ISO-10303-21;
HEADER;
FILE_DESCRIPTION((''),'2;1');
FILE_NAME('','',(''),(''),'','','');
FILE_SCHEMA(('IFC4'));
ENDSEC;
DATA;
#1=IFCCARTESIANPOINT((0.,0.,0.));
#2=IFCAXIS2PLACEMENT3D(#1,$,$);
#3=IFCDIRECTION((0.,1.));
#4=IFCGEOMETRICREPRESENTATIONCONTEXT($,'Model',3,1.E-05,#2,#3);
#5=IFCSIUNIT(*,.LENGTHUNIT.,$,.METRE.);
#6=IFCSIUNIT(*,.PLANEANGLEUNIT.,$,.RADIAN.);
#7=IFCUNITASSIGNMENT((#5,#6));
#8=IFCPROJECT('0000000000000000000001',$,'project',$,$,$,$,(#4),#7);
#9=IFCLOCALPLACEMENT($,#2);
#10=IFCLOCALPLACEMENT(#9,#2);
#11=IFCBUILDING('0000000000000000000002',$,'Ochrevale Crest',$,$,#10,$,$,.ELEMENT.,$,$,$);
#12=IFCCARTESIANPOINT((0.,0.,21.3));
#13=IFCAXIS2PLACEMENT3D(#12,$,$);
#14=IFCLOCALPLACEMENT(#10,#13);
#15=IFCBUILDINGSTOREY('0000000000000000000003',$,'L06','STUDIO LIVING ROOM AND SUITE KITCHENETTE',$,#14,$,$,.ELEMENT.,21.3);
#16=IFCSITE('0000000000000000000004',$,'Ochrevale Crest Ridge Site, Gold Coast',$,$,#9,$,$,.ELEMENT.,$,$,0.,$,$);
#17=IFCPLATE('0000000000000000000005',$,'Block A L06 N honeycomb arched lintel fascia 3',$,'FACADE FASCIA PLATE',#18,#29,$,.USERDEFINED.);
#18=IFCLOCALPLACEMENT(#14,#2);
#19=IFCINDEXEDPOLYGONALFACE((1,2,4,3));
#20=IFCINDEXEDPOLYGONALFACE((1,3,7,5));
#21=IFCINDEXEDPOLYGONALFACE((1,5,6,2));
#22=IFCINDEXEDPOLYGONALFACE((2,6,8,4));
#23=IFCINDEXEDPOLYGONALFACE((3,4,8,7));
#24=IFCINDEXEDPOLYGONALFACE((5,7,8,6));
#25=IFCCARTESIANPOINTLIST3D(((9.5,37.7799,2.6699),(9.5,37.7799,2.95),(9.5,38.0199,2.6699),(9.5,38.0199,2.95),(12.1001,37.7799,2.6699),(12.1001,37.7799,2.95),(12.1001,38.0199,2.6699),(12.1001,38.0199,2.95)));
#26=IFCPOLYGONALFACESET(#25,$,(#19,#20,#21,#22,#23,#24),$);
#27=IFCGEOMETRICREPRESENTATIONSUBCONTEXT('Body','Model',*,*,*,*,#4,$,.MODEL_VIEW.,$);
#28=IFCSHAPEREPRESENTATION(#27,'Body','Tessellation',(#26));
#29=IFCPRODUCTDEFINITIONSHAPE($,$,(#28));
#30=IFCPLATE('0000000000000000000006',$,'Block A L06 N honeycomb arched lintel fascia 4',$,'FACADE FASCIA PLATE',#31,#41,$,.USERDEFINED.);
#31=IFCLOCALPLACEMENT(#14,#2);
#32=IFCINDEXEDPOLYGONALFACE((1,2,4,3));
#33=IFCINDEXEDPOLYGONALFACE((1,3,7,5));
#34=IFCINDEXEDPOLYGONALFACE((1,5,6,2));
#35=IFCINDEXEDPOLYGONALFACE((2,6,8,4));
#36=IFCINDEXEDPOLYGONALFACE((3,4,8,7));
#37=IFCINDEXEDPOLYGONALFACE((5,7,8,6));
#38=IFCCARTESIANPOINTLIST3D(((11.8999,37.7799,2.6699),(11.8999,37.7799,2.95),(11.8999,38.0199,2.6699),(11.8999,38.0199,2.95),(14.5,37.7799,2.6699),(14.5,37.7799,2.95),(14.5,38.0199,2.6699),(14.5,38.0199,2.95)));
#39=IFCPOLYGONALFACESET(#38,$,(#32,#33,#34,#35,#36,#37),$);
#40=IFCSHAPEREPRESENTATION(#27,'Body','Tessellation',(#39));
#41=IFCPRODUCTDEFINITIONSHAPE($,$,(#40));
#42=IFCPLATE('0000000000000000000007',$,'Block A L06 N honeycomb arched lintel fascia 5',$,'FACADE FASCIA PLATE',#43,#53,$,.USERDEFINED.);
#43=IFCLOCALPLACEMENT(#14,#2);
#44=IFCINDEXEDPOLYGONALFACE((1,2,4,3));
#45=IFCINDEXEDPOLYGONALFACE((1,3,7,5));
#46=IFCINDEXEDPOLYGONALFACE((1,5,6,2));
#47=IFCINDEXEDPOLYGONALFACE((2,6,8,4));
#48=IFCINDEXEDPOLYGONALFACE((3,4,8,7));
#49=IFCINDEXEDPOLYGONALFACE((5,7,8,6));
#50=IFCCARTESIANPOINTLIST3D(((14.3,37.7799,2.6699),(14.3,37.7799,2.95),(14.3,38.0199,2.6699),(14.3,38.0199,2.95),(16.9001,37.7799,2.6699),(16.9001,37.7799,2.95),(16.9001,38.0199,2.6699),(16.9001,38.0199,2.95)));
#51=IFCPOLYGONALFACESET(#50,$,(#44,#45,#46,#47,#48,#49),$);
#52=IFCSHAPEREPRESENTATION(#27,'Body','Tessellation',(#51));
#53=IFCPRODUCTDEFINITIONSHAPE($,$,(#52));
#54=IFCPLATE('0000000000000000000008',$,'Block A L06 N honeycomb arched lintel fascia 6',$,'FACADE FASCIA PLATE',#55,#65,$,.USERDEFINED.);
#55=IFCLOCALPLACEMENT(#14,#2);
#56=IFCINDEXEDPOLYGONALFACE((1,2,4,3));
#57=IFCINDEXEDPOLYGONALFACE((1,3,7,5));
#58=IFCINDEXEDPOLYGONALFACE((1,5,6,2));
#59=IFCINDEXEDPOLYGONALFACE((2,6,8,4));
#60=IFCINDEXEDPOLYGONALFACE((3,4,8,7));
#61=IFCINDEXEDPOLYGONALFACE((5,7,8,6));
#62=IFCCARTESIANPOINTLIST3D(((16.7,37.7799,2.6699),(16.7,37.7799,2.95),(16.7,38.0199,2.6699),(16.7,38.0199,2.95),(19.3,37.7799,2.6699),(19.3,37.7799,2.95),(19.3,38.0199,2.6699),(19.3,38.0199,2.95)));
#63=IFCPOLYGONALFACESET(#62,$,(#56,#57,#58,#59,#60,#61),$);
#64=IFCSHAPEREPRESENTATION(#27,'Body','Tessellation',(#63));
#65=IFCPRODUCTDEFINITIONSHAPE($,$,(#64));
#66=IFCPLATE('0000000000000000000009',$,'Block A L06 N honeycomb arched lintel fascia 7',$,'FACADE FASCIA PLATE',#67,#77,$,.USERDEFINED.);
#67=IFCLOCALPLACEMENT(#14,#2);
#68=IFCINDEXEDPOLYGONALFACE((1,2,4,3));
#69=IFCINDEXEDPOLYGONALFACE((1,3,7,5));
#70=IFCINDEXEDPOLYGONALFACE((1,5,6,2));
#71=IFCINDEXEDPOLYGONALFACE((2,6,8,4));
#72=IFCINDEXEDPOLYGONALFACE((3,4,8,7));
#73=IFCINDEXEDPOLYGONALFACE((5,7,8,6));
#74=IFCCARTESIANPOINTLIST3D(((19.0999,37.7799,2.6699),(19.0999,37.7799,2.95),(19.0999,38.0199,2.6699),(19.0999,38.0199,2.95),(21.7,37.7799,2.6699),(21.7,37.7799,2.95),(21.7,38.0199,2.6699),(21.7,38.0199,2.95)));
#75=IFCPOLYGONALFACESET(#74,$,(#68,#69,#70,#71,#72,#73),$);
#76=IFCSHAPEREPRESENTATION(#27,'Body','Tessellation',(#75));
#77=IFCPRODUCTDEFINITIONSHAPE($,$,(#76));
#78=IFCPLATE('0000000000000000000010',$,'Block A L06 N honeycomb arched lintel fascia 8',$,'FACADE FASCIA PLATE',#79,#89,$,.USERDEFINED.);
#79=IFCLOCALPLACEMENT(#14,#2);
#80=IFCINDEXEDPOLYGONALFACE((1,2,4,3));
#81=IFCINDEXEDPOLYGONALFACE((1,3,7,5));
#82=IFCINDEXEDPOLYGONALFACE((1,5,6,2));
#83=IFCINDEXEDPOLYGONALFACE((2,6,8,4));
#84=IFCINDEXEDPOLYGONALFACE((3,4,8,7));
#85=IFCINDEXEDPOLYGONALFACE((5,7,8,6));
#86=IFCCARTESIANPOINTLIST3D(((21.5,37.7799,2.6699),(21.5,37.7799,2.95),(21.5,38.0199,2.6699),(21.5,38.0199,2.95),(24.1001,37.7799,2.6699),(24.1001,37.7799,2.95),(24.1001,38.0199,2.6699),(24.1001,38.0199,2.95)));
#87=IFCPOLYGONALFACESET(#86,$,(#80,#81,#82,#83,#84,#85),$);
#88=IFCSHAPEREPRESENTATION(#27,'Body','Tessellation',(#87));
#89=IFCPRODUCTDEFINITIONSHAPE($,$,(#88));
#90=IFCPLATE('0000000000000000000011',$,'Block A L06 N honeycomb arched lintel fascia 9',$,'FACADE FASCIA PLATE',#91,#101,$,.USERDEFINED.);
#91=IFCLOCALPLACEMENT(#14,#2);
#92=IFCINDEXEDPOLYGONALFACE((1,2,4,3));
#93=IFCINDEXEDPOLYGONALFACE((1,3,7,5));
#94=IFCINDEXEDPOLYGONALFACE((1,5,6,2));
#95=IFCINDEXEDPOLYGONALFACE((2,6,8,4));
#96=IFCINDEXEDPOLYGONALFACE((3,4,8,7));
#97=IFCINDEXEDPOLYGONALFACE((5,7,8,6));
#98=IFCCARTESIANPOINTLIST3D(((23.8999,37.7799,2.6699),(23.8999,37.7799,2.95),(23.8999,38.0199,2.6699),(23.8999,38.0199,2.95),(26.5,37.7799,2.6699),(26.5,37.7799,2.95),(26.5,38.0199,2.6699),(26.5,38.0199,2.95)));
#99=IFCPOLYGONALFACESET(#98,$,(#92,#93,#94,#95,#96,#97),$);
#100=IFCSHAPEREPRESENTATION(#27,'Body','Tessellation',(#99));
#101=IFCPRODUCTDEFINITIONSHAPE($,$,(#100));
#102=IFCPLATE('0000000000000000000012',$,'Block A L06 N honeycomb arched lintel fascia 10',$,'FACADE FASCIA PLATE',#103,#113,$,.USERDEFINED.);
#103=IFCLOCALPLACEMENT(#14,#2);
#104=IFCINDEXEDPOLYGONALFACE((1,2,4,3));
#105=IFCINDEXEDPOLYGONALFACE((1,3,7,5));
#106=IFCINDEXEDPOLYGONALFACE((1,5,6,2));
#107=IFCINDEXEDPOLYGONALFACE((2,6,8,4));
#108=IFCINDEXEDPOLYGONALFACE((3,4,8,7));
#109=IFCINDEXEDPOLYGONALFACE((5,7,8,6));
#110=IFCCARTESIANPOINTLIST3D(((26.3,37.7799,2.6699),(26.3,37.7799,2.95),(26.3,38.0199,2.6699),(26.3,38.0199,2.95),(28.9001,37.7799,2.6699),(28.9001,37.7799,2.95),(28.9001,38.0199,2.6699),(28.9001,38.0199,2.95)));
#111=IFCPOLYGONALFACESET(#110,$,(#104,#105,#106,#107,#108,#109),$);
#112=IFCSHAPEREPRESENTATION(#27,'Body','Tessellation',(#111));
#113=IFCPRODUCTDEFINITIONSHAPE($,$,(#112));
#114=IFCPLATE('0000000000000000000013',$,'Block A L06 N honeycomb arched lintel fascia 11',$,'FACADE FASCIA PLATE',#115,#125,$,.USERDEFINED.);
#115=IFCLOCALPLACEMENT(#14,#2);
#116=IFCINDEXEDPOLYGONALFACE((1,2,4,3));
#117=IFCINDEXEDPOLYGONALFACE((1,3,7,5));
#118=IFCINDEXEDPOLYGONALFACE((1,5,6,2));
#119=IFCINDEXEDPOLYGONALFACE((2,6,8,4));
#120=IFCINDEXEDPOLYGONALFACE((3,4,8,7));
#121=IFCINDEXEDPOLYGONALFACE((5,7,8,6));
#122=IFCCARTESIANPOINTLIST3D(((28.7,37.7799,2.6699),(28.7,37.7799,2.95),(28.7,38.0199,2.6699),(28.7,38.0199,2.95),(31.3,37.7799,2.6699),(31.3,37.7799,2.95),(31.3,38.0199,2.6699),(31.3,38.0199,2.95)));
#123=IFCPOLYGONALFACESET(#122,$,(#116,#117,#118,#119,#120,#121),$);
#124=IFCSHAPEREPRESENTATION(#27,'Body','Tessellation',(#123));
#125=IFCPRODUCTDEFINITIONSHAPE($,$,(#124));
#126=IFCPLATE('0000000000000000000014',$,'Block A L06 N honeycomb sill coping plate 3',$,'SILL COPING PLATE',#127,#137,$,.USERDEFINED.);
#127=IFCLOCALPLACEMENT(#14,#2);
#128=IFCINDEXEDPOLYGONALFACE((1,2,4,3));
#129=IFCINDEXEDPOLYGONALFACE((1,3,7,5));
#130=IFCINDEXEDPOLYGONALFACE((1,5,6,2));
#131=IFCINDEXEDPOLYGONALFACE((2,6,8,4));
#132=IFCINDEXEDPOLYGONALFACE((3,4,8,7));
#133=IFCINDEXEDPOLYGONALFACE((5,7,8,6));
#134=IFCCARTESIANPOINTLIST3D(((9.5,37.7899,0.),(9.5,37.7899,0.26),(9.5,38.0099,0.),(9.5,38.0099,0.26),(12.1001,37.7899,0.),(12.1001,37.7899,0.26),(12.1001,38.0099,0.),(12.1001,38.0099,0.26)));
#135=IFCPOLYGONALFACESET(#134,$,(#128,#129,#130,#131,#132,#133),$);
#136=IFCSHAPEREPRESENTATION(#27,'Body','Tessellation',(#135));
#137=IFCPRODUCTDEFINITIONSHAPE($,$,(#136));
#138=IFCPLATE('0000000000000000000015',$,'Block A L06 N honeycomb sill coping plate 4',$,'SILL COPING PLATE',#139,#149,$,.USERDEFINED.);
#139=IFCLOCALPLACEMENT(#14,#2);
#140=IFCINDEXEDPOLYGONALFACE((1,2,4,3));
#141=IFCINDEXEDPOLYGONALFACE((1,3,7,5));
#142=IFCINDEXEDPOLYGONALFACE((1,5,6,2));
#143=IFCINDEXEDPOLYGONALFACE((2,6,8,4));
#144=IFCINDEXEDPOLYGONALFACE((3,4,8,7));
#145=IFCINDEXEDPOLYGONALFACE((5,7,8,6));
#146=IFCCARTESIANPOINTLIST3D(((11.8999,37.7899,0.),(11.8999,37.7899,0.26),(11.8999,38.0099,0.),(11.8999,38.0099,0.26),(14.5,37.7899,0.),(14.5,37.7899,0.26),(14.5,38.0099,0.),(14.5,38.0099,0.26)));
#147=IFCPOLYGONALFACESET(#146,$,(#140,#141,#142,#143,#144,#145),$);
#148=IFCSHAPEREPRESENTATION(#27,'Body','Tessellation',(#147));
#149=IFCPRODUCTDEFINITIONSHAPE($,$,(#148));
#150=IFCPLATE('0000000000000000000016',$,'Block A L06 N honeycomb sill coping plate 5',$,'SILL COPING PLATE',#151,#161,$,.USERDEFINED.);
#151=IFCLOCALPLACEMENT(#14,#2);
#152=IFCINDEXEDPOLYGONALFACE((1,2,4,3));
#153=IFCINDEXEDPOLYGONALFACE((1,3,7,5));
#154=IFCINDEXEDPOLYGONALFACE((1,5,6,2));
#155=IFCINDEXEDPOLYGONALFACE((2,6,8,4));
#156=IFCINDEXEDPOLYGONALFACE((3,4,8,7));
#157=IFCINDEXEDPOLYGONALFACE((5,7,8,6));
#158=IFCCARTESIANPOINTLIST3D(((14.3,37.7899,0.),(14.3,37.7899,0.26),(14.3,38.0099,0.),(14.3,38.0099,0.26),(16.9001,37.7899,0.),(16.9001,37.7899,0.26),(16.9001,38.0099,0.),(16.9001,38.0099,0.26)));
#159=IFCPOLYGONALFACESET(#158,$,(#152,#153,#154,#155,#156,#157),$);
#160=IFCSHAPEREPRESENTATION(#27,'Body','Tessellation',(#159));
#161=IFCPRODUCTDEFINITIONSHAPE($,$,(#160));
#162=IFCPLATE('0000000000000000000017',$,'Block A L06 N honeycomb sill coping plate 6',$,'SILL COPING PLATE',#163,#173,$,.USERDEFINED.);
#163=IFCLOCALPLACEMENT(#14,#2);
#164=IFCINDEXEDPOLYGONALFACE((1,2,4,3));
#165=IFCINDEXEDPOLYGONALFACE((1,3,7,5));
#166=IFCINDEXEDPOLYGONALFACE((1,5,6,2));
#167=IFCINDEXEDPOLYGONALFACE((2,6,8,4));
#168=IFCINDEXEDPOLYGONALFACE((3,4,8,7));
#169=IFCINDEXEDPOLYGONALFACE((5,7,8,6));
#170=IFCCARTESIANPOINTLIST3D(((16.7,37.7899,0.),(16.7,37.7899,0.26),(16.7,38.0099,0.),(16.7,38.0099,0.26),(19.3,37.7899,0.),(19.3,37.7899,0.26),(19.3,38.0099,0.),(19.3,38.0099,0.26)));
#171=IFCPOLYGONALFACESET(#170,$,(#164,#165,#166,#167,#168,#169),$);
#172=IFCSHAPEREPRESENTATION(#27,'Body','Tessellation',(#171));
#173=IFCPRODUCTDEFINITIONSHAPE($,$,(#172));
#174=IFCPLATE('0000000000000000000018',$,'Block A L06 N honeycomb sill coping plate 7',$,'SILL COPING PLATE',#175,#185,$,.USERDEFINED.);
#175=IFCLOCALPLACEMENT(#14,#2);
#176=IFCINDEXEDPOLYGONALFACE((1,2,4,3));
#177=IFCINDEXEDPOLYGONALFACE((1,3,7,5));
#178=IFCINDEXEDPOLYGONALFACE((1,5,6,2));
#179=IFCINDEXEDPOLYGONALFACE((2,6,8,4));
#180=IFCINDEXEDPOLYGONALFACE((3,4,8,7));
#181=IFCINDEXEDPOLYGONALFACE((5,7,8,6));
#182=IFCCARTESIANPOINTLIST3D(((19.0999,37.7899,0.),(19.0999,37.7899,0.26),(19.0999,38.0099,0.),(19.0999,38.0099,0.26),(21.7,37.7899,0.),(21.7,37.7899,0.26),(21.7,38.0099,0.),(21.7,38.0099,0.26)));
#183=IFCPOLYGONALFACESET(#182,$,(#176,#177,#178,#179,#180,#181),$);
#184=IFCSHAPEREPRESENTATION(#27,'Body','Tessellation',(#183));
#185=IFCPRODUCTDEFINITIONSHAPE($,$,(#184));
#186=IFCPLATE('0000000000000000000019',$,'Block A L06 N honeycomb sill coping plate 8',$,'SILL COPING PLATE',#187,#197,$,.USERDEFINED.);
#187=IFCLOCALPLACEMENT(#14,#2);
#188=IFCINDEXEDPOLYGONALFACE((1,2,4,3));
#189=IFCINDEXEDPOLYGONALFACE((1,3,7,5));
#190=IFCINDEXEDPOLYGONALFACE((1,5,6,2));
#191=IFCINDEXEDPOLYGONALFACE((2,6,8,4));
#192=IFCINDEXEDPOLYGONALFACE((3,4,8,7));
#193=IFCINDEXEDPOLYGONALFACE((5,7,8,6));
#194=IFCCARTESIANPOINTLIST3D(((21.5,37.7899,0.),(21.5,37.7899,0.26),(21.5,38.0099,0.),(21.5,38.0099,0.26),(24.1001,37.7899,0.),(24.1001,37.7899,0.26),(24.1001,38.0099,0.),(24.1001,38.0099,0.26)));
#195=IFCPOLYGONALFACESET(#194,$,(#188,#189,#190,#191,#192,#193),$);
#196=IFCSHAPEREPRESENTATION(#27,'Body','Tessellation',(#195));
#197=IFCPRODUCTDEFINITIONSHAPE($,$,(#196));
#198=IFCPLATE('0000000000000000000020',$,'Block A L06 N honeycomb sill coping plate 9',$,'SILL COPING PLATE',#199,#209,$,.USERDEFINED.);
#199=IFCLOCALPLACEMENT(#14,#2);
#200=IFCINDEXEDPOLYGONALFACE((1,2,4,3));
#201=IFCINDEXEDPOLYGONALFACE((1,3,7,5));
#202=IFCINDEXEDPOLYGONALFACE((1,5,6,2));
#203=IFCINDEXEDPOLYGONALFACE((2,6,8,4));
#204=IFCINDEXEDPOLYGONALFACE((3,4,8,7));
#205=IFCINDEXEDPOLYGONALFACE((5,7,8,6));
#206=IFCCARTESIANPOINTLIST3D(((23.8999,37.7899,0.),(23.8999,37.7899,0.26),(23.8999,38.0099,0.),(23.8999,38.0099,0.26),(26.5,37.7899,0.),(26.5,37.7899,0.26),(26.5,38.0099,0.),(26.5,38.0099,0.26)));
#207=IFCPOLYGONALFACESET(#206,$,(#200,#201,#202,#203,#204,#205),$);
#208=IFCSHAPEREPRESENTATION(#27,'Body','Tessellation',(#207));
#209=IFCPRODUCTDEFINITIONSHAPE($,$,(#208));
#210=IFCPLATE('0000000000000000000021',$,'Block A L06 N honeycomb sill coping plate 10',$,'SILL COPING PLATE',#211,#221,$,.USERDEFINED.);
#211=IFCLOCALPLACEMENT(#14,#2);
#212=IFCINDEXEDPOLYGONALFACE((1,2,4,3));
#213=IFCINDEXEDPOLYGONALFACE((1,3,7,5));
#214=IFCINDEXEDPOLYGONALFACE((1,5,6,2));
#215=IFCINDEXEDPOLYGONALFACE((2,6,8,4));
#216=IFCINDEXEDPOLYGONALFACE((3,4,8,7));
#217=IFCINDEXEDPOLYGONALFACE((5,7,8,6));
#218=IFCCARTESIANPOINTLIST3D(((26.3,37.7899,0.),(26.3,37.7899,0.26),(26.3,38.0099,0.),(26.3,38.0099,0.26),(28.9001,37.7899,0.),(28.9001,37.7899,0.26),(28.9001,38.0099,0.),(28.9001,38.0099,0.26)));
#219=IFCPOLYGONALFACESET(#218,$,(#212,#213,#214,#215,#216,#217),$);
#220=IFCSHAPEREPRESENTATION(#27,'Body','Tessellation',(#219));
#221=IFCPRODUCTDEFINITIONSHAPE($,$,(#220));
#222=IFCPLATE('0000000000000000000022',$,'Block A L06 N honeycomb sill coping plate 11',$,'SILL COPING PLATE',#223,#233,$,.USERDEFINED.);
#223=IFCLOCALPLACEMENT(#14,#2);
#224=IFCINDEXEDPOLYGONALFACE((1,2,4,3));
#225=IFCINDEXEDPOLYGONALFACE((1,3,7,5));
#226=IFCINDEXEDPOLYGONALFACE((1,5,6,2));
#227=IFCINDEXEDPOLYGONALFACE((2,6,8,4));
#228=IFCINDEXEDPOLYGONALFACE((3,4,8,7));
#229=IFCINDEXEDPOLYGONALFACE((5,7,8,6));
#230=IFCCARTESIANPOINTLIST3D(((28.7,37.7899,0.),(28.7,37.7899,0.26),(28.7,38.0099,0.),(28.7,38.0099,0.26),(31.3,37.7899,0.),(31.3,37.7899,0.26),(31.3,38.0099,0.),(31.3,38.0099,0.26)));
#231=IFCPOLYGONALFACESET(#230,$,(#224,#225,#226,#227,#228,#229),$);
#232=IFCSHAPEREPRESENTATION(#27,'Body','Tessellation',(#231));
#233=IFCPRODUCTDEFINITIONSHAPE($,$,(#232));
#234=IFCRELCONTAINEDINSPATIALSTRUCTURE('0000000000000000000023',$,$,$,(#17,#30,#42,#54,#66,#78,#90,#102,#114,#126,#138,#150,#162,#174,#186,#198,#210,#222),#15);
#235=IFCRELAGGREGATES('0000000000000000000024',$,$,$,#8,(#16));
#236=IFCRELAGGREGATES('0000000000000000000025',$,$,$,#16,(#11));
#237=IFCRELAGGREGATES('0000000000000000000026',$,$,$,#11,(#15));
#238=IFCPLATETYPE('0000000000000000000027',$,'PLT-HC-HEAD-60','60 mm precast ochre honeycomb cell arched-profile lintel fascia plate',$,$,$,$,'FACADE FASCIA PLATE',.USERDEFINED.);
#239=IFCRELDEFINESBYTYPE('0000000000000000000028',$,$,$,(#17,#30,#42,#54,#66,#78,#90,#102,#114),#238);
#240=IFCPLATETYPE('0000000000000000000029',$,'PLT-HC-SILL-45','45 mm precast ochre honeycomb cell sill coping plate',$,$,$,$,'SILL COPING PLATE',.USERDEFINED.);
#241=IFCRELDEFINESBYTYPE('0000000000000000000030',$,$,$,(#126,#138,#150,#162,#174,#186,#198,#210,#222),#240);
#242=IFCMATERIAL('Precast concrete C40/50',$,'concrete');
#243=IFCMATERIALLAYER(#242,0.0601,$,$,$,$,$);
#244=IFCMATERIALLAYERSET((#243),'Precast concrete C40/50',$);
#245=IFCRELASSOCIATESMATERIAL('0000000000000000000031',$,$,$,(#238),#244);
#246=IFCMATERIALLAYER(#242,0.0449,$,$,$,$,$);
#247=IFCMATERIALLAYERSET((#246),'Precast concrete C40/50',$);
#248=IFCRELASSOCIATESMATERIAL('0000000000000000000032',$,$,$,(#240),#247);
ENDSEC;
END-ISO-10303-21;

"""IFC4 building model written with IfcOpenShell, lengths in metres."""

from ifc_helpers import new_model, si_unit, direction, frame, origin, origin_2d, place, context, subcontext, project, spatial, rectangle, extrude, material, layer, layer_set, type_object, element, save


model = new_model("IFC4")

# Units and contexts
model_context = context("Model", 3, precision=1e-05, world=origin(), true_north=direction((0.0, 1.0)))
body_context = subcontext(model_context, "Body", "Model", "MODEL_VIEW")
ifc_project = project(units=[si_unit("LENGTHUNIT", "METRE"), si_unit("PLANEANGLEUNIT", "RADIAN")], contexts=[model_context])

# Site, building, storey
site_placement = place(None, origin())
site = spatial("IfcSite", under=ifc_project, at=site_placement, Name="Ochrevale Crest Ridge Site, Gold Coast", CompositionType="ELEMENT", RefElevation=0.0)
building_placement = place(site_placement, origin())
building = spatial("IfcBuilding", under=site, at=building_placement, Name="Ochrevale Crest", CompositionType="ELEMENT")
storey_placement = place(building_placement, frame((0.0, 0.0, 21.3)))
storey = spatial("IfcBuildingStorey", under=building, at=storey_placement, Name="L06", Description="STUDIO LIVING ROOM AND SUITE KITCHENETTE", CompositionType="ELEMENT", Elevation=21.3)

# Plates
ifc_material_1 = material(Name="Precast concrete C40/50", Category="concrete")
ifc_layer_1 = layer(ifc_material_1, 0.0601)
ifc_layer_set_1 = layer_set([ifc_layer_1], Name="Precast concrete C40/50")
plate_type_1 = type_object("IfcPlateType", Name="PLT-HC-HEAD-60", Description="60 mm precast ochre honeycomb cell arched-profile lintel fascia plate", ElementType="FACADE FASCIA PLATE", PredefinedType="USERDEFINED", material=ifc_layer_set_1)
for number, where, z_axis, x_axis, name in (
    (1, (10.8, 37.8999, 2.6699), (0.0, 0.0, 1.0), (1.0, 0.0, 0.0), "Block A L06 N honeycomb arched lintel fascia 3"),
    (2, (13.2, 37.8999, 2.6699), (0.0, 0.0, 1.0), (1.0, 0.0, 0.0), "Block A L06 N honeycomb arched lintel fascia 4"),
    (3, (15.6001, 37.8999, 2.6699), (0.0, 0.0, 1.0), (1.0, 0.0, 0.0), "Block A L06 N honeycomb arched lintel fascia 5"),
    (4, (18.0, 37.8999, 2.6699), (0.0, 0.0, 1.0), (1.0, 0.0, 0.0), "Block A L06 N honeycomb arched lintel fascia 6"),
    (5, (20.3999, 37.8999, 2.6699), (0.0, 0.0, 1.0), (1.0, 0.0, 0.0), "Block A L06 N honeycomb arched lintel fascia 7"),
    (6, (22.8, 37.8999, 2.6699), (0.0, 0.0, 1.0), (1.0, 0.0, 0.0), "Block A L06 N honeycomb arched lintel fascia 8"),
    (7, (25.2, 37.8999, 2.6699), (0.0, 0.0, 1.0), (1.0, 0.0, 0.0), "Block A L06 N honeycomb arched lintel fascia 9"),
    (8, (27.6001, 37.8999, 2.6699), (0.0, 0.0, 1.0), (1.0, 0.0, 0.0), "Block A L06 N honeycomb arched lintel fascia 10"),
    (9, (30.0, 37.8999, 2.6699), (0.0, 0.0, 1.0), (1.0, 0.0, 0.0), "Block A L06 N honeycomb arched lintel fascia 11"),
):
    element("IfcPlate", number, at=place(storey_placement, frame(where, z_axis=z_axis, x_axis=x_axis)), inside=storey, type_object=plate_type_1, Name=name, ObjectType="FACADE FASCIA PLATE", PredefinedType="USERDEFINED", context=body_context, shape_type="SweptSolid", body=[
        extrude(rectangle(XDim=2.6001, YDim=0.24, at=origin_2d()), origin(), (0.0, 0.0, 1.0), 0.28),
    ])
ifc_layer_2 = layer(ifc_material_1, 0.0449)
ifc_layer_set_2 = layer_set([ifc_layer_2], Name="Precast concrete C40/50")
plate_type_2 = type_object("IfcPlateType", Name="PLT-HC-SILL-45", Description="45 mm precast ochre honeycomb cell sill coping plate", ElementType="SILL COPING PLATE", PredefinedType="USERDEFINED", material=ifc_layer_set_2)
for number, where, z_axis, x_axis, name in (
    (10, (10.8, 37.8999, 0.0), (0.0, 0.0, 1.0), (1.0, 0.0, 0.0), "Block A L06 N honeycomb sill coping plate 3"),
    (11, (13.2, 37.8999, 0.0), (0.0, 0.0, 1.0), (1.0, 0.0, 0.0), "Block A L06 N honeycomb sill coping plate 4"),
    (12, (15.6001, 37.8999, 0.0), (0.0, 0.0, 1.0), (1.0, 0.0, 0.0), "Block A L06 N honeycomb sill coping plate 5"),
    (13, (18.0, 37.8999, 0.0), (0.0, 0.0, 1.0), (1.0, 0.0, 0.0), "Block A L06 N honeycomb sill coping plate 6"),
    (14, (20.3999, 37.8999, 0.0), (0.0, 0.0, 1.0), (1.0, 0.0, 0.0), "Block A L06 N honeycomb sill coping plate 7"),
    (15, (22.8, 37.8999, 0.0), (0.0, 0.0, 1.0), (1.0, 0.0, 0.0), "Block A L06 N honeycomb sill coping plate 8"),
    (16, (25.2, 37.8999, 0.0), (0.0, 0.0, 1.0), (1.0, 0.0, 0.0), "Block A L06 N honeycomb sill coping plate 9"),
    (17, (27.6001, 37.8999, 0.0), (0.0, 0.0, 1.0), (1.0, 0.0, 0.0), "Block A L06 N honeycomb sill coping plate 10"),
    (18, (30.0, 37.8999, 0.0), (0.0, 0.0, 1.0), (1.0, 0.0, 0.0), "Block A L06 N honeycomb sill coping plate 11"),
):
    element("IfcPlate", number, at=place(storey_placement, frame(where, z_axis=z_axis, x_axis=x_axis)), inside=storey, type_object=plate_type_2, Name=name, ObjectType="SILL COPING PLATE", PredefinedType="USERDEFINED", context=body_context, shape_type="SweptSolid", body=[
        extrude(rectangle(XDim=2.6001, YDim=0.22, at=origin_2d()), origin(), (0.0, 0.0, 1.0), 0.26),
    ])

save(model, "model.ifc")
